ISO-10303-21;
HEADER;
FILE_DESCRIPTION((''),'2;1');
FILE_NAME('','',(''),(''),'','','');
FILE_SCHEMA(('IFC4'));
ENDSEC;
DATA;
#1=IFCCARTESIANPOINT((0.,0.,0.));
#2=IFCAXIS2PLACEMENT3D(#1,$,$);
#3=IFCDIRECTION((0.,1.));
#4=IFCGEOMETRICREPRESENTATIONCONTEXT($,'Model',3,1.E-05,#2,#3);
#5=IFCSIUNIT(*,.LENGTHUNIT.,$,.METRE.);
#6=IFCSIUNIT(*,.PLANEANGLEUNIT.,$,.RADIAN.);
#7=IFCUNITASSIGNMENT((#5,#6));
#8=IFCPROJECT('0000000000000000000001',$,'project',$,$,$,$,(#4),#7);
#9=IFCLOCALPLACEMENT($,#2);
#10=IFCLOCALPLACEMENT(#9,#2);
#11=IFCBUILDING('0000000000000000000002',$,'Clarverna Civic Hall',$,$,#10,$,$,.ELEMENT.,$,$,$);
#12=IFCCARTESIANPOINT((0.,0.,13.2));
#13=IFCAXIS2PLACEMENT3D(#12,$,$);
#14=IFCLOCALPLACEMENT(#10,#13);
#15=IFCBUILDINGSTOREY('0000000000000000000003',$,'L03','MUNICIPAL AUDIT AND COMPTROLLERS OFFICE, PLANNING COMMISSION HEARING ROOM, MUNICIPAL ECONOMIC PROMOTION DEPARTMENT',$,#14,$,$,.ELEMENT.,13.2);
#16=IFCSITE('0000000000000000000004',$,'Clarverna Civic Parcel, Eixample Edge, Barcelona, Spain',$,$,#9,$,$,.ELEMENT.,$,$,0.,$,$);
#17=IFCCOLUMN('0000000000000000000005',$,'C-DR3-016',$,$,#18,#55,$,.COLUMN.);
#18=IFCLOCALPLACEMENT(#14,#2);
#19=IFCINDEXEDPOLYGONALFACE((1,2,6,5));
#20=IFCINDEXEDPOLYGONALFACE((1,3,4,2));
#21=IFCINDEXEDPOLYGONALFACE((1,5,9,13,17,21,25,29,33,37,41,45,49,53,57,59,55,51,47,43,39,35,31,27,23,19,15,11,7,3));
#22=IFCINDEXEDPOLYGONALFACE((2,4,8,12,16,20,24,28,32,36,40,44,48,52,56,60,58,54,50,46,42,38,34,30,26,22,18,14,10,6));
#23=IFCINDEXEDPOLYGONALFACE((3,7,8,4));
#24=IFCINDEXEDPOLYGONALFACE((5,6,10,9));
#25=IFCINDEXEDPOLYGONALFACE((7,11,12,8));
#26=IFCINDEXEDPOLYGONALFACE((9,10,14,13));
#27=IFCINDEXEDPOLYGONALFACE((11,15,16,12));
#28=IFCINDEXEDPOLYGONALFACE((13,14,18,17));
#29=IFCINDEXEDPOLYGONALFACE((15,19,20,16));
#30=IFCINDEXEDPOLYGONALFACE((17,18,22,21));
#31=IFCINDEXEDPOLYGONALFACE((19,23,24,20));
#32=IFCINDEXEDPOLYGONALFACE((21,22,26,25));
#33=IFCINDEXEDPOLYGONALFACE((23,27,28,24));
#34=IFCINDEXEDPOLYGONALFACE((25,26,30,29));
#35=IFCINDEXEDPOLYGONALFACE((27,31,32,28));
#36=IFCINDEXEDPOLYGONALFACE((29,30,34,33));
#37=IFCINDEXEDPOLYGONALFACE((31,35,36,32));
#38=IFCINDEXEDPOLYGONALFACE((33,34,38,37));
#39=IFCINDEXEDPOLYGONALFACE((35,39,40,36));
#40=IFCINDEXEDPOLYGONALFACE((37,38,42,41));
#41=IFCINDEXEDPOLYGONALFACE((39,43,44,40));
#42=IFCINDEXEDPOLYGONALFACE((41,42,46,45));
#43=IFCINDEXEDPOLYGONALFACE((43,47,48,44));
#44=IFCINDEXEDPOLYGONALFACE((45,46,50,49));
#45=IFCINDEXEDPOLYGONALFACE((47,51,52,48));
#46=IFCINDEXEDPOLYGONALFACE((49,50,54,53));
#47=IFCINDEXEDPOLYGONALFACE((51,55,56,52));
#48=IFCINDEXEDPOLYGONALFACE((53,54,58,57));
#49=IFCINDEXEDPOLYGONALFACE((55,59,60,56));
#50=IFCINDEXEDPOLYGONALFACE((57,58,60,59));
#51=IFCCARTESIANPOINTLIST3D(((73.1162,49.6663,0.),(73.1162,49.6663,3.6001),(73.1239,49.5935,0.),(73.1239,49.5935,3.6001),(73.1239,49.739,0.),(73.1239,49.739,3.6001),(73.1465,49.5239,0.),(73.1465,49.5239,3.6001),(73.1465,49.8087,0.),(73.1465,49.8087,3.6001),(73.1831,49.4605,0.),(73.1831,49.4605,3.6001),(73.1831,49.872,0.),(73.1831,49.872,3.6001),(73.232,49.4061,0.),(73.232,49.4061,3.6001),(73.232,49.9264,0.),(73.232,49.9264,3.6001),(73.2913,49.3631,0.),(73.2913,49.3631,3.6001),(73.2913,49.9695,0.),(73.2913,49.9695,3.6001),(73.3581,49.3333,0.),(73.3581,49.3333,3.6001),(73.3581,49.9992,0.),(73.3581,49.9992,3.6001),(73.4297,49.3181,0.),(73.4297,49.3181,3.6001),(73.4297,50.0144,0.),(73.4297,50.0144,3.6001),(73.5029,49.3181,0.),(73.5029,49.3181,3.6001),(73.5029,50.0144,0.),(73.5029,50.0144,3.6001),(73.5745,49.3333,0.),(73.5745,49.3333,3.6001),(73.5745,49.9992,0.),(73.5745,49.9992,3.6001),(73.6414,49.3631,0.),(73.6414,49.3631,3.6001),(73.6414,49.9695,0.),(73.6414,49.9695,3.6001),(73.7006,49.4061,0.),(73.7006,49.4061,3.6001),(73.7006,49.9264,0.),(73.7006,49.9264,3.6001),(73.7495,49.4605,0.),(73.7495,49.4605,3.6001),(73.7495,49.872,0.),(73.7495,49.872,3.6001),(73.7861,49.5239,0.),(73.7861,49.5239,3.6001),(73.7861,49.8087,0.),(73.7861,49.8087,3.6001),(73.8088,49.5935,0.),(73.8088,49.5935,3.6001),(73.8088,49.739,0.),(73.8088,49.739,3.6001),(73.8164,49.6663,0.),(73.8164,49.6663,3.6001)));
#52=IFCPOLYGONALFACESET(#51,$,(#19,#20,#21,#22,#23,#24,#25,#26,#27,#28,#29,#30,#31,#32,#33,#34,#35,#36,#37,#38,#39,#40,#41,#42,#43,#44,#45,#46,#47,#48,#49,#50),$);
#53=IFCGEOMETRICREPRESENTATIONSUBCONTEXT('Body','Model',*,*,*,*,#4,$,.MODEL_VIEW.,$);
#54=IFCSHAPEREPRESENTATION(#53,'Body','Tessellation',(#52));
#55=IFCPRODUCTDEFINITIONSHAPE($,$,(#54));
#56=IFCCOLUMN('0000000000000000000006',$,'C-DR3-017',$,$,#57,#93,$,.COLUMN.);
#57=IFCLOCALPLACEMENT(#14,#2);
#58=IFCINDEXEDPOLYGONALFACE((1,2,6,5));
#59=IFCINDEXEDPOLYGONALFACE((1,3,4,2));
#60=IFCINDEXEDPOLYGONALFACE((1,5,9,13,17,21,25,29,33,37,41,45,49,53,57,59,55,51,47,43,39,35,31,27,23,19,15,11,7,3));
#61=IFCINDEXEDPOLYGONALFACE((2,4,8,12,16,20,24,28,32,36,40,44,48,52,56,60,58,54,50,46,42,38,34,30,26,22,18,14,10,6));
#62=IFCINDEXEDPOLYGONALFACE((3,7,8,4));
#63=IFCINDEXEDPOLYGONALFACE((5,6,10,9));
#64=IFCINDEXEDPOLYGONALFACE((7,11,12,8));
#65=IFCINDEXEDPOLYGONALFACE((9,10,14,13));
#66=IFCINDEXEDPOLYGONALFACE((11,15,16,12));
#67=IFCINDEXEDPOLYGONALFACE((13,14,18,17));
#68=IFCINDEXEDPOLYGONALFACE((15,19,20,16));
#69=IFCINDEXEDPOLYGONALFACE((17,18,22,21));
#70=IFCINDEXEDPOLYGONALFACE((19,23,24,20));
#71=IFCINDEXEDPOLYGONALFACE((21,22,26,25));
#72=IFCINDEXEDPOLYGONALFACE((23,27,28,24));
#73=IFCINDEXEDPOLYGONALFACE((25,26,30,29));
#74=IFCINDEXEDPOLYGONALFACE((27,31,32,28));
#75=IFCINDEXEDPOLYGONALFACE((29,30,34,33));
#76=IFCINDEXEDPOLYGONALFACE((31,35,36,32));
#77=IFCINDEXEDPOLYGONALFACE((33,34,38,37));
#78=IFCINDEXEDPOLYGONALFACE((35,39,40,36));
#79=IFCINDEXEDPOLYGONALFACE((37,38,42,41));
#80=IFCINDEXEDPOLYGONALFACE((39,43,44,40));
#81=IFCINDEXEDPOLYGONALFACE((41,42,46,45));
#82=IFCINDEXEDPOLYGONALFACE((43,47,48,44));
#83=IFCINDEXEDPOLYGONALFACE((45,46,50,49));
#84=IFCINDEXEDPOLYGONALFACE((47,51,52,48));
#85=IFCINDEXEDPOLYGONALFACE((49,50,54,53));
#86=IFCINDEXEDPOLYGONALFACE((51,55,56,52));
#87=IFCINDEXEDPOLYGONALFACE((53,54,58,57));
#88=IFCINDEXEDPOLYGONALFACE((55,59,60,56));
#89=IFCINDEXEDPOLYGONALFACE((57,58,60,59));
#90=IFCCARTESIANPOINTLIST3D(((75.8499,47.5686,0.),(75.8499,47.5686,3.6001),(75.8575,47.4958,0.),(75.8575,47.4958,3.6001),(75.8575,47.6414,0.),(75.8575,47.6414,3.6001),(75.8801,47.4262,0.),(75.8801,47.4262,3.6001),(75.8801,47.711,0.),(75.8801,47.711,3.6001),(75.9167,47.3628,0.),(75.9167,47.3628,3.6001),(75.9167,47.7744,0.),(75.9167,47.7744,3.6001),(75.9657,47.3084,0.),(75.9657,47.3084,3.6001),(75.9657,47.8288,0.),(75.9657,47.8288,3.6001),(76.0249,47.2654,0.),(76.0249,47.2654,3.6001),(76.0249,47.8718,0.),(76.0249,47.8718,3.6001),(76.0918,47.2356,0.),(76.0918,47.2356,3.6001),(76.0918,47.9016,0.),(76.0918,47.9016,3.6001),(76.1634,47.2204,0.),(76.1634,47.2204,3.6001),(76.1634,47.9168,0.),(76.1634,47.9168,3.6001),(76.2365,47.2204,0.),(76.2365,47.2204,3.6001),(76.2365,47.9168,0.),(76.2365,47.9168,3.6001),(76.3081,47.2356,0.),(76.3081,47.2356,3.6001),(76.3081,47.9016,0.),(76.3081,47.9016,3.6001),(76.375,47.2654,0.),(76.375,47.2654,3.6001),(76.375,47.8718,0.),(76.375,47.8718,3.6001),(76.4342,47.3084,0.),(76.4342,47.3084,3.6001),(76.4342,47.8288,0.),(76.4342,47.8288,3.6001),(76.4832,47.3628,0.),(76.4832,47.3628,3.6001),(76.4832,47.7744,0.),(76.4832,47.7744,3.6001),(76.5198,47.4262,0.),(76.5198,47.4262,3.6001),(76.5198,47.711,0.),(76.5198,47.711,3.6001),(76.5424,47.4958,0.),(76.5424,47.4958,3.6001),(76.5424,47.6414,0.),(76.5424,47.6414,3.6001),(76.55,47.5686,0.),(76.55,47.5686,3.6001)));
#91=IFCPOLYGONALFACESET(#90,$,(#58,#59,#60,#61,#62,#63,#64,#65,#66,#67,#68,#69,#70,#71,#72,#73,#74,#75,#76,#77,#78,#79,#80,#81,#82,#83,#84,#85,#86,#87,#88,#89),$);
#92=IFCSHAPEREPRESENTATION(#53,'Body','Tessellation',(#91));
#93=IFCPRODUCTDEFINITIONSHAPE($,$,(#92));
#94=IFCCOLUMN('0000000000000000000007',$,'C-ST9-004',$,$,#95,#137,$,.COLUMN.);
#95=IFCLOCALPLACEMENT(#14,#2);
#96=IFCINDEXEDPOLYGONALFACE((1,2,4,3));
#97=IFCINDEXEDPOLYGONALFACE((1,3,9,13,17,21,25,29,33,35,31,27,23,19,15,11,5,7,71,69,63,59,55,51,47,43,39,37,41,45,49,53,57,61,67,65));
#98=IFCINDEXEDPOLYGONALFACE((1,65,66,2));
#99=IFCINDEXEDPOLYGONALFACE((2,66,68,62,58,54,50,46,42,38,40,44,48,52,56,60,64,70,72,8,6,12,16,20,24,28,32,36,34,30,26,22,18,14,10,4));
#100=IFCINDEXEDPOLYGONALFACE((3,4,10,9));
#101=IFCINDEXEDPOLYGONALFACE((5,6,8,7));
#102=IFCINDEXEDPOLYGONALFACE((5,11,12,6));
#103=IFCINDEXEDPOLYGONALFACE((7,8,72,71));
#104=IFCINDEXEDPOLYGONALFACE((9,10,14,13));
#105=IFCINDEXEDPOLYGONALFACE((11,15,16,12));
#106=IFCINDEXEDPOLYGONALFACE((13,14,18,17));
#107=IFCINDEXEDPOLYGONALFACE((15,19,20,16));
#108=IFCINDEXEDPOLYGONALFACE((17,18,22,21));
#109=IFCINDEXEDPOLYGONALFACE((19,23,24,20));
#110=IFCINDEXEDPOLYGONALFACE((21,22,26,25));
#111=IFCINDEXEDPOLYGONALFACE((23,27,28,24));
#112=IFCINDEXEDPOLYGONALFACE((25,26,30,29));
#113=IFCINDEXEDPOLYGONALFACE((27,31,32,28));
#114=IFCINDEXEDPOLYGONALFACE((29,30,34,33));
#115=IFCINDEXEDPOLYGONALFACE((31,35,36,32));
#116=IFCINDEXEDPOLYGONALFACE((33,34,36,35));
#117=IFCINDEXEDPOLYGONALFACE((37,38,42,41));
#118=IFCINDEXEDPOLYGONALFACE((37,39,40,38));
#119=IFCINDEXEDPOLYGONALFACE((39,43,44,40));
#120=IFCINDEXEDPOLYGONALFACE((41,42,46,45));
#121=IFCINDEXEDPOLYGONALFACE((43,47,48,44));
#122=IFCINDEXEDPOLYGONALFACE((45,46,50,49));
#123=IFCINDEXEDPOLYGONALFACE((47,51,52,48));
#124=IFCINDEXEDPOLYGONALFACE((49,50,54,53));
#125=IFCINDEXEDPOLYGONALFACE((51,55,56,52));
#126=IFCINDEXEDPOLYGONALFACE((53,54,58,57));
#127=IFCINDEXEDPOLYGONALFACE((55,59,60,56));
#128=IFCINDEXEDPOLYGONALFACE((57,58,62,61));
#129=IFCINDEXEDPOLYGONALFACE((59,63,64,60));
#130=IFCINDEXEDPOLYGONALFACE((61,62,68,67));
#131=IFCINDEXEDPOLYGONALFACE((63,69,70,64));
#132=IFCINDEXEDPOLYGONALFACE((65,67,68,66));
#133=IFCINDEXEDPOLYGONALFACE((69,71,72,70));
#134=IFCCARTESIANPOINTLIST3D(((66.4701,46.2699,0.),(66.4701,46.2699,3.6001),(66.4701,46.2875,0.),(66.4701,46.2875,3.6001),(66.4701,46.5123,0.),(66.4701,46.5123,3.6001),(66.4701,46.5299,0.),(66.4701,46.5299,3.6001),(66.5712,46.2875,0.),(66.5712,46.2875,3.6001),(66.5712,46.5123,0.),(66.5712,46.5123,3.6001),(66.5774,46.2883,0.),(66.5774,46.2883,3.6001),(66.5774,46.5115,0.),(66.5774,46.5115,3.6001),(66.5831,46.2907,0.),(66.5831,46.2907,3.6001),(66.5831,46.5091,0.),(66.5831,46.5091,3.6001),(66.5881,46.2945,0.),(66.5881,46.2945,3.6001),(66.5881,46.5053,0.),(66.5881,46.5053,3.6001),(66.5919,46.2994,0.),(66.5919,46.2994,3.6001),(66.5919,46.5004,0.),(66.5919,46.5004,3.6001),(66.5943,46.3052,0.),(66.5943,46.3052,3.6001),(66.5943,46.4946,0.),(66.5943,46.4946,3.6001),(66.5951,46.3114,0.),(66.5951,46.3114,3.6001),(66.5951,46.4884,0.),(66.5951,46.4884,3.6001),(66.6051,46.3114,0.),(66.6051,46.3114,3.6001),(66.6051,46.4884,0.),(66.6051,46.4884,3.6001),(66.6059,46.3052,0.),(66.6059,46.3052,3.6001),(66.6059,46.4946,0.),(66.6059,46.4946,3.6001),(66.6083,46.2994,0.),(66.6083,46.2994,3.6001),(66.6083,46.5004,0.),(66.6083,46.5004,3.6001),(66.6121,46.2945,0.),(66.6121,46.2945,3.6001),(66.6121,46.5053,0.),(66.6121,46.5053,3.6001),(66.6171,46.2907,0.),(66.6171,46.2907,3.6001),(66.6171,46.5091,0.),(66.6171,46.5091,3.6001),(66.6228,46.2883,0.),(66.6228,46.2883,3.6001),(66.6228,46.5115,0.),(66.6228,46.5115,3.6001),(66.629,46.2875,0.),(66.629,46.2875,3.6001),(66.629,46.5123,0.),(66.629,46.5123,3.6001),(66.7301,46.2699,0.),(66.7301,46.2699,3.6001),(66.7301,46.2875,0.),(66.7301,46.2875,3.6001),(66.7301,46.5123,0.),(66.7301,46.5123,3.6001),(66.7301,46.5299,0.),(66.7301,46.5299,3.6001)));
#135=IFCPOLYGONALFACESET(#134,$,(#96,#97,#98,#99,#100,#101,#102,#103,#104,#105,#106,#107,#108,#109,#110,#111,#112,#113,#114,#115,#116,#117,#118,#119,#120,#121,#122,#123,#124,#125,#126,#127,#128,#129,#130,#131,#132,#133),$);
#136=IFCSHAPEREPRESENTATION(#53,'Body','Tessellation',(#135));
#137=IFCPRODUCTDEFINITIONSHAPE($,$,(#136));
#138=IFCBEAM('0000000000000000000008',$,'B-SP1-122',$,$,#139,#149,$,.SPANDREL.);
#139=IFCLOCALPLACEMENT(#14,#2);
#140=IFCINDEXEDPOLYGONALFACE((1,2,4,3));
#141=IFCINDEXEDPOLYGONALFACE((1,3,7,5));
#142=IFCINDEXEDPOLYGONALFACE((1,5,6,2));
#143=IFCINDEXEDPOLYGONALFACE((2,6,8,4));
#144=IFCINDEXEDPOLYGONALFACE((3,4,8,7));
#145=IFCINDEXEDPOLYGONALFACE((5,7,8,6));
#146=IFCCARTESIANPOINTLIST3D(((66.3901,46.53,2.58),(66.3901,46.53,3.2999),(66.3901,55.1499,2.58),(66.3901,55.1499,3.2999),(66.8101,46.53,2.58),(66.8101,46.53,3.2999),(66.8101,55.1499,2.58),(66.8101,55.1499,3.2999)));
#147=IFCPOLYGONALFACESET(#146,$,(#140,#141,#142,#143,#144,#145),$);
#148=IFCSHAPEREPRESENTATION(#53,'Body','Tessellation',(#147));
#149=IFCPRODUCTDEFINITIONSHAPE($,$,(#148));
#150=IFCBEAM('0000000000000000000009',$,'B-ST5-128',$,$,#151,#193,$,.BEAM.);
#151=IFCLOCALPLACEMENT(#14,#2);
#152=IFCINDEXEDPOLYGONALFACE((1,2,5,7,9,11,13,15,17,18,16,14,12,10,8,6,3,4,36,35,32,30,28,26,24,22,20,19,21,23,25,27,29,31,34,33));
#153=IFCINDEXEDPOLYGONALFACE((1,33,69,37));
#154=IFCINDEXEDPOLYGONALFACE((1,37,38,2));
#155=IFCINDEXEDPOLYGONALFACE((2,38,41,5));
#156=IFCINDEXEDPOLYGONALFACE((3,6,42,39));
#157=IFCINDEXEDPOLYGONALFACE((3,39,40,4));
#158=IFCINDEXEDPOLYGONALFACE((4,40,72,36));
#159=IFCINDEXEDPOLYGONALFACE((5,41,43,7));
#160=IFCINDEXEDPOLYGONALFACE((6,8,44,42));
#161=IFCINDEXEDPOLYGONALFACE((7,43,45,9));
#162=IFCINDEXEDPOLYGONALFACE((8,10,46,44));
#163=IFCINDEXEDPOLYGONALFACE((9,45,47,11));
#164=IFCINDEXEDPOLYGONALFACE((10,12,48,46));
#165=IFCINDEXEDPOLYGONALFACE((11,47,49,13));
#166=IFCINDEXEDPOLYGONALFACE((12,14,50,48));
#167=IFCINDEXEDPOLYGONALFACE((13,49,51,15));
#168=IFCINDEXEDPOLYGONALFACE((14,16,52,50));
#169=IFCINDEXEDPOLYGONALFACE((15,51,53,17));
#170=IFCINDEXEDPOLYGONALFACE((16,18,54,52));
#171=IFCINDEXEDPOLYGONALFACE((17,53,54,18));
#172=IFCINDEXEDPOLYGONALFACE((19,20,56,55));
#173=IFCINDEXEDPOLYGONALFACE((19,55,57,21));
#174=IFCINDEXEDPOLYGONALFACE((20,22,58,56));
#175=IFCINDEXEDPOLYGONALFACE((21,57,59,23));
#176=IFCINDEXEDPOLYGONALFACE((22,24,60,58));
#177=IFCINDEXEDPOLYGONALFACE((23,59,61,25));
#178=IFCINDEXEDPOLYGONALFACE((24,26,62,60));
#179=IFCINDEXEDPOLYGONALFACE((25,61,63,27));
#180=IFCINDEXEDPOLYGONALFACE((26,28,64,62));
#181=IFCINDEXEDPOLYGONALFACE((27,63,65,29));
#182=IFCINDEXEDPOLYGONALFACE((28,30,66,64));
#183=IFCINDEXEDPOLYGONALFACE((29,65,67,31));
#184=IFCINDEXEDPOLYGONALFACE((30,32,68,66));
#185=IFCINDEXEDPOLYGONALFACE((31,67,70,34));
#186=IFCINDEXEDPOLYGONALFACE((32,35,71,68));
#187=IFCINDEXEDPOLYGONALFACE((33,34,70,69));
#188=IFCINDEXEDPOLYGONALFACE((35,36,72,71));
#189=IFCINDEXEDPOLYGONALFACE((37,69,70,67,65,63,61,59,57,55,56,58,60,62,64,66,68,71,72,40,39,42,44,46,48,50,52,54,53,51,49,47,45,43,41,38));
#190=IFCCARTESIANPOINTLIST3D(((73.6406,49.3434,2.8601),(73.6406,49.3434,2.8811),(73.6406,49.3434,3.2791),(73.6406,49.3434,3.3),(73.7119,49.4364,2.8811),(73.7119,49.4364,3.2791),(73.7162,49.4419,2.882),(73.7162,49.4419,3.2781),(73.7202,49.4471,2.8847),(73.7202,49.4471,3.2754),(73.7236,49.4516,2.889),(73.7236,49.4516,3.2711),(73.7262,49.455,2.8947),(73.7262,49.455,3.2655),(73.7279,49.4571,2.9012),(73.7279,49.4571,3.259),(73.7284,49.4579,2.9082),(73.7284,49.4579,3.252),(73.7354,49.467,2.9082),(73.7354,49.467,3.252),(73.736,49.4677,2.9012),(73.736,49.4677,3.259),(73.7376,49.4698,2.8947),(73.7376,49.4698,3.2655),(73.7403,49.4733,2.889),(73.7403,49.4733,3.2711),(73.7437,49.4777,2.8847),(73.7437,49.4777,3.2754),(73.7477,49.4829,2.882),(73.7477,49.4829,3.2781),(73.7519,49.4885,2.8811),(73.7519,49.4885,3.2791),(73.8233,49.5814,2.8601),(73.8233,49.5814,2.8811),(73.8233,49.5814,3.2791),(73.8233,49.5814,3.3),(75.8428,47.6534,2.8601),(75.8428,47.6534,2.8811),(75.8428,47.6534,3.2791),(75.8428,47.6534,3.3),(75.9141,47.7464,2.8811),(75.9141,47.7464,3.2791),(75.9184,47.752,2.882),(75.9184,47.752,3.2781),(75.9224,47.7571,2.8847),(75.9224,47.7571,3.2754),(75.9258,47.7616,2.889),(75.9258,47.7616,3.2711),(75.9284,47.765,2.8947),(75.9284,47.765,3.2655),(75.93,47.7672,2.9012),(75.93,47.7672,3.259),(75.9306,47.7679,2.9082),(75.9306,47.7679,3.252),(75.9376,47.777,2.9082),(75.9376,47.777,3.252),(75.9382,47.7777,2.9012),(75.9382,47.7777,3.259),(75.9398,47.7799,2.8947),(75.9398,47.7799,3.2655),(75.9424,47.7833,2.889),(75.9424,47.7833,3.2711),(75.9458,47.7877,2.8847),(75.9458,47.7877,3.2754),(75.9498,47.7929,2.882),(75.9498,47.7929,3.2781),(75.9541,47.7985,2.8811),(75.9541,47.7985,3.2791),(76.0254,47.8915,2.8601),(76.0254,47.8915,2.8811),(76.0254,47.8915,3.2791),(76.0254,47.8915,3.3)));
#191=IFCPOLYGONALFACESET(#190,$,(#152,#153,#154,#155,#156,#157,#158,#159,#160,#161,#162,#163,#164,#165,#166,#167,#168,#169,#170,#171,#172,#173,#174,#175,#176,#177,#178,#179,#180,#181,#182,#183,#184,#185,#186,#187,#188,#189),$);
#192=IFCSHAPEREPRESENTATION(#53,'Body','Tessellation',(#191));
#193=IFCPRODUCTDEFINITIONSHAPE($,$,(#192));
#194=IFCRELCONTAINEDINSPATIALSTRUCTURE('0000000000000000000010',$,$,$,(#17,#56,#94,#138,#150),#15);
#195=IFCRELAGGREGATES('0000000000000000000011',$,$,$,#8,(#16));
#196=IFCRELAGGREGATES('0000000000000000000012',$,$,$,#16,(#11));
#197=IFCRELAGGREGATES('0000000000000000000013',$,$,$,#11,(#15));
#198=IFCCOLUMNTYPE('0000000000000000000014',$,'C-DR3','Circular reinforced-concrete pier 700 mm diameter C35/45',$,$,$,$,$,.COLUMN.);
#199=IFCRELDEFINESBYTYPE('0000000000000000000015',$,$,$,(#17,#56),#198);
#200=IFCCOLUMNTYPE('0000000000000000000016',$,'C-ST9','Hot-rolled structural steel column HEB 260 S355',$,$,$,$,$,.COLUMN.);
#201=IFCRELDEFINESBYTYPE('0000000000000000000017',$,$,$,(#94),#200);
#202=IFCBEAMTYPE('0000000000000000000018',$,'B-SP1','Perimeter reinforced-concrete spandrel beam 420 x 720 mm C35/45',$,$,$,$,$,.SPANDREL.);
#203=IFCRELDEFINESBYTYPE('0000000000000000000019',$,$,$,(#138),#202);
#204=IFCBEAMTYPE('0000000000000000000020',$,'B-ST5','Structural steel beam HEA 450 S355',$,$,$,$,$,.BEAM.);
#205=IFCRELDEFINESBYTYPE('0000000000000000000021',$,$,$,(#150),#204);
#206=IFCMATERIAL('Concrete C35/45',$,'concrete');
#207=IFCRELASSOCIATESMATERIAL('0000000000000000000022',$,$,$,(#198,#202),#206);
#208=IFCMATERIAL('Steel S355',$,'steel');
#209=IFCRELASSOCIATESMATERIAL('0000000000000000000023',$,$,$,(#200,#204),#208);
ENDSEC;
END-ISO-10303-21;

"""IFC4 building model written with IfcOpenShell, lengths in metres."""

from ifc_helpers import new_model, si_unit, direction, frame, origin, origin_2d, place, context, subcontext, project, spatial, rectangle, circle, i_section, extrude, material, material_profile, profile_set, type_object, element, save


model = new_model("IFC4")

# Units and contexts
model_context = context("Model", 3, precision=1e-05, world=origin(), true_north=direction((0.0, 1.0)))
body_context = subcontext(model_context, "Body", "Model", "MODEL_VIEW")
ifc_project = project(units=[si_unit("LENGTHUNIT", "METRE"), si_unit("PLANEANGLEUNIT", "RADIAN")], contexts=[model_context])

# Site, building, storey
site_placement = place(None, origin())
site = spatial("IfcSite", under=ifc_project, at=site_placement, Name="Clarverna Civic Parcel, Eixample Edge, Barcelona, Spain", CompositionType="ELEMENT", RefElevation=0.0)
building_placement = place(site_placement, origin())
building = spatial("IfcBuilding", under=site, at=building_placement, Name="Clarverna Civic Hall", CompositionType="ELEMENT")
storey_placement = place(building_placement, frame((0.0, 0.0, 13.2)))
storey = spatial("IfcBuildingStorey", under=building, at=storey_placement, Name="L03", Description="MUNICIPAL AUDIT AND COMPTROLLERS OFFICE, PLANNING COMMISSION HEARING ROOM, MUNICIPAL ECONOMIC PROMOTION DEPARTMENT", CompositionType="ELEMENT", Elevation=13.2)

# Columns
ifc_material_1 = material(Name="Concrete C35/45", Category="concrete")
ifc_material_profile_1 = material_profile(ifc_material_1, circle(Radius=0.3501, at=origin_2d()), Name="RC D700")
ifc_profile_set_1 = profile_set([ifc_material_profile_1], Name="Concrete C35/45")
column_type_1 = type_object("IfcColumnType", Name="C-DR3", Description="Circular reinforced-concrete pier 700 mm diameter C35/45", PredefinedType="COLUMN", material=ifc_profile_set_1)
for number, where, z_axis, x_axis, name in (
    (1, (73.4663, 49.6663, 0.0), (0.0, 0.0, 1.0), (1.0, 0.0, 0.0), "C-DR3-016"),
    (2, (76.2, 47.5686, 0.0), (0.0, 0.0, 1.0), (1.0, 0.0, 0.0), "C-DR3-017"),
):
    element("IfcColumn", number, at=place(storey_placement, frame(where, z_axis=z_axis, x_axis=x_axis)), inside=storey, type_object=column_type_1, Name=name, PredefinedType="COLUMN", context=body_context, shape_type="SweptSolid", body=[
        extrude(circle(Radius=0.3501, at=origin_2d()), origin(), (0.0, 0.0, 1.0), 3.6001),
    ])
ifc_material_2 = material(Name="Steel S355", Category="steel")
ifc_material_profile_2 = material_profile(ifc_material_2, i_section(OverallWidth=0.26, OverallDepth=0.26, WebThickness=0.01, FlangeThickness=0.0176, FilletRadius=0.0239, at=origin_2d()), Name="HEB 260")
ifc_profile_set_2 = profile_set([ifc_material_profile_2], Name="Steel S355")
column_type_2 = type_object("IfcColumnType", Name="C-ST9", Description="Hot-rolled structural steel column HEB 260 S355", PredefinedType="COLUMN", material=ifc_profile_set_2)
column_placement = place(storey_placement, frame((66.6001, 46.3999, 0.0), z_axis=(0.0, 0.0, 1.0), x_axis=(1.0, 0.0, 0.0)))
element("IfcColumn", 3, at=column_placement, inside=storey, type_object=column_type_2, Name="C-ST9-004", PredefinedType="COLUMN", context=body_context, shape_type="SweptSolid", body=[
    extrude(i_section(OverallWidth=0.26, OverallDepth=0.26, WebThickness=0.01, FlangeThickness=0.0176, FilletRadius=0.0239, at=origin_2d()), origin(), (0.0, 0.0, 1.0), 3.6001),
])

# Beams
ifc_material_profile_3 = material_profile(ifc_material_1, rectangle(XDim=0.4199, YDim=0.72, at=origin_2d()), Name="RC 420x720")
ifc_profile_set_3 = profile_set([ifc_material_profile_3], Name="Concrete C35/45")
beam_type_1 = type_object("IfcBeamType", Name="B-SP1", Description="Perimeter reinforced-concrete spandrel beam 420 x 720 mm C35/45", PredefinedType="SPANDREL", material=ifc_profile_set_3)
beam_placement = place(storey_placement, frame((66.6001, 46.53, 2.9399), z_axis=(0.0, 1.0, 0.0), x_axis=(-1.0, 0.0, 0.0)))
element("IfcBeam", 4, at=beam_placement, inside=storey, type_object=beam_type_1, Name="B-SP1-122", PredefinedType="SPANDREL", context=body_context, shape_type="SweptSolid", body=[
    extrude(rectangle(XDim=0.4199, YDim=0.72, at=origin_2d()), origin(), (0.0, 0.0, 1.0), 8.6199),
])
ifc_material_profile_4 = material_profile(ifc_material_2, i_section(OverallWidth=0.3, OverallDepth=0.4399, WebThickness=0.0115, FlangeThickness=0.021, FilletRadius=0.0271, at=origin_2d()), Name="HEA 450")
ifc_profile_set_4 = profile_set([ifc_material_profile_4], Name="Steel S355")
beam_type_2 = type_object("IfcBeamType", Name="B-ST5", Description="Structural steel beam HEA 450 S355", PredefinedType="BEAM", material=ifc_profile_set_4)
for number, where, z_axis, x_axis, name in (
    (5, (73.7319, 49.4624, 3.0801), (0.793323, -0.608801, 0.0), (0.608801, 0.793323, 0.0), "B-ST5-128"),
):
    element("IfcBeam", number, at=place(storey_placement, frame(where, z_axis=z_axis, x_axis=x_axis)), inside=storey, type_object=beam_type_2, Name=name, PredefinedType="BEAM", context=body_context, shape_type="SweptSolid", body=[
        extrude(i_section(OverallWidth=0.3, OverallDepth=0.4399, WebThickness=0.0115, FlangeThickness=0.021, FilletRadius=0.0271, at=origin_2d()), origin(), (0.0, 0.0, 1.0), 2.7759),
    ])

save(model, "model.ifc")
